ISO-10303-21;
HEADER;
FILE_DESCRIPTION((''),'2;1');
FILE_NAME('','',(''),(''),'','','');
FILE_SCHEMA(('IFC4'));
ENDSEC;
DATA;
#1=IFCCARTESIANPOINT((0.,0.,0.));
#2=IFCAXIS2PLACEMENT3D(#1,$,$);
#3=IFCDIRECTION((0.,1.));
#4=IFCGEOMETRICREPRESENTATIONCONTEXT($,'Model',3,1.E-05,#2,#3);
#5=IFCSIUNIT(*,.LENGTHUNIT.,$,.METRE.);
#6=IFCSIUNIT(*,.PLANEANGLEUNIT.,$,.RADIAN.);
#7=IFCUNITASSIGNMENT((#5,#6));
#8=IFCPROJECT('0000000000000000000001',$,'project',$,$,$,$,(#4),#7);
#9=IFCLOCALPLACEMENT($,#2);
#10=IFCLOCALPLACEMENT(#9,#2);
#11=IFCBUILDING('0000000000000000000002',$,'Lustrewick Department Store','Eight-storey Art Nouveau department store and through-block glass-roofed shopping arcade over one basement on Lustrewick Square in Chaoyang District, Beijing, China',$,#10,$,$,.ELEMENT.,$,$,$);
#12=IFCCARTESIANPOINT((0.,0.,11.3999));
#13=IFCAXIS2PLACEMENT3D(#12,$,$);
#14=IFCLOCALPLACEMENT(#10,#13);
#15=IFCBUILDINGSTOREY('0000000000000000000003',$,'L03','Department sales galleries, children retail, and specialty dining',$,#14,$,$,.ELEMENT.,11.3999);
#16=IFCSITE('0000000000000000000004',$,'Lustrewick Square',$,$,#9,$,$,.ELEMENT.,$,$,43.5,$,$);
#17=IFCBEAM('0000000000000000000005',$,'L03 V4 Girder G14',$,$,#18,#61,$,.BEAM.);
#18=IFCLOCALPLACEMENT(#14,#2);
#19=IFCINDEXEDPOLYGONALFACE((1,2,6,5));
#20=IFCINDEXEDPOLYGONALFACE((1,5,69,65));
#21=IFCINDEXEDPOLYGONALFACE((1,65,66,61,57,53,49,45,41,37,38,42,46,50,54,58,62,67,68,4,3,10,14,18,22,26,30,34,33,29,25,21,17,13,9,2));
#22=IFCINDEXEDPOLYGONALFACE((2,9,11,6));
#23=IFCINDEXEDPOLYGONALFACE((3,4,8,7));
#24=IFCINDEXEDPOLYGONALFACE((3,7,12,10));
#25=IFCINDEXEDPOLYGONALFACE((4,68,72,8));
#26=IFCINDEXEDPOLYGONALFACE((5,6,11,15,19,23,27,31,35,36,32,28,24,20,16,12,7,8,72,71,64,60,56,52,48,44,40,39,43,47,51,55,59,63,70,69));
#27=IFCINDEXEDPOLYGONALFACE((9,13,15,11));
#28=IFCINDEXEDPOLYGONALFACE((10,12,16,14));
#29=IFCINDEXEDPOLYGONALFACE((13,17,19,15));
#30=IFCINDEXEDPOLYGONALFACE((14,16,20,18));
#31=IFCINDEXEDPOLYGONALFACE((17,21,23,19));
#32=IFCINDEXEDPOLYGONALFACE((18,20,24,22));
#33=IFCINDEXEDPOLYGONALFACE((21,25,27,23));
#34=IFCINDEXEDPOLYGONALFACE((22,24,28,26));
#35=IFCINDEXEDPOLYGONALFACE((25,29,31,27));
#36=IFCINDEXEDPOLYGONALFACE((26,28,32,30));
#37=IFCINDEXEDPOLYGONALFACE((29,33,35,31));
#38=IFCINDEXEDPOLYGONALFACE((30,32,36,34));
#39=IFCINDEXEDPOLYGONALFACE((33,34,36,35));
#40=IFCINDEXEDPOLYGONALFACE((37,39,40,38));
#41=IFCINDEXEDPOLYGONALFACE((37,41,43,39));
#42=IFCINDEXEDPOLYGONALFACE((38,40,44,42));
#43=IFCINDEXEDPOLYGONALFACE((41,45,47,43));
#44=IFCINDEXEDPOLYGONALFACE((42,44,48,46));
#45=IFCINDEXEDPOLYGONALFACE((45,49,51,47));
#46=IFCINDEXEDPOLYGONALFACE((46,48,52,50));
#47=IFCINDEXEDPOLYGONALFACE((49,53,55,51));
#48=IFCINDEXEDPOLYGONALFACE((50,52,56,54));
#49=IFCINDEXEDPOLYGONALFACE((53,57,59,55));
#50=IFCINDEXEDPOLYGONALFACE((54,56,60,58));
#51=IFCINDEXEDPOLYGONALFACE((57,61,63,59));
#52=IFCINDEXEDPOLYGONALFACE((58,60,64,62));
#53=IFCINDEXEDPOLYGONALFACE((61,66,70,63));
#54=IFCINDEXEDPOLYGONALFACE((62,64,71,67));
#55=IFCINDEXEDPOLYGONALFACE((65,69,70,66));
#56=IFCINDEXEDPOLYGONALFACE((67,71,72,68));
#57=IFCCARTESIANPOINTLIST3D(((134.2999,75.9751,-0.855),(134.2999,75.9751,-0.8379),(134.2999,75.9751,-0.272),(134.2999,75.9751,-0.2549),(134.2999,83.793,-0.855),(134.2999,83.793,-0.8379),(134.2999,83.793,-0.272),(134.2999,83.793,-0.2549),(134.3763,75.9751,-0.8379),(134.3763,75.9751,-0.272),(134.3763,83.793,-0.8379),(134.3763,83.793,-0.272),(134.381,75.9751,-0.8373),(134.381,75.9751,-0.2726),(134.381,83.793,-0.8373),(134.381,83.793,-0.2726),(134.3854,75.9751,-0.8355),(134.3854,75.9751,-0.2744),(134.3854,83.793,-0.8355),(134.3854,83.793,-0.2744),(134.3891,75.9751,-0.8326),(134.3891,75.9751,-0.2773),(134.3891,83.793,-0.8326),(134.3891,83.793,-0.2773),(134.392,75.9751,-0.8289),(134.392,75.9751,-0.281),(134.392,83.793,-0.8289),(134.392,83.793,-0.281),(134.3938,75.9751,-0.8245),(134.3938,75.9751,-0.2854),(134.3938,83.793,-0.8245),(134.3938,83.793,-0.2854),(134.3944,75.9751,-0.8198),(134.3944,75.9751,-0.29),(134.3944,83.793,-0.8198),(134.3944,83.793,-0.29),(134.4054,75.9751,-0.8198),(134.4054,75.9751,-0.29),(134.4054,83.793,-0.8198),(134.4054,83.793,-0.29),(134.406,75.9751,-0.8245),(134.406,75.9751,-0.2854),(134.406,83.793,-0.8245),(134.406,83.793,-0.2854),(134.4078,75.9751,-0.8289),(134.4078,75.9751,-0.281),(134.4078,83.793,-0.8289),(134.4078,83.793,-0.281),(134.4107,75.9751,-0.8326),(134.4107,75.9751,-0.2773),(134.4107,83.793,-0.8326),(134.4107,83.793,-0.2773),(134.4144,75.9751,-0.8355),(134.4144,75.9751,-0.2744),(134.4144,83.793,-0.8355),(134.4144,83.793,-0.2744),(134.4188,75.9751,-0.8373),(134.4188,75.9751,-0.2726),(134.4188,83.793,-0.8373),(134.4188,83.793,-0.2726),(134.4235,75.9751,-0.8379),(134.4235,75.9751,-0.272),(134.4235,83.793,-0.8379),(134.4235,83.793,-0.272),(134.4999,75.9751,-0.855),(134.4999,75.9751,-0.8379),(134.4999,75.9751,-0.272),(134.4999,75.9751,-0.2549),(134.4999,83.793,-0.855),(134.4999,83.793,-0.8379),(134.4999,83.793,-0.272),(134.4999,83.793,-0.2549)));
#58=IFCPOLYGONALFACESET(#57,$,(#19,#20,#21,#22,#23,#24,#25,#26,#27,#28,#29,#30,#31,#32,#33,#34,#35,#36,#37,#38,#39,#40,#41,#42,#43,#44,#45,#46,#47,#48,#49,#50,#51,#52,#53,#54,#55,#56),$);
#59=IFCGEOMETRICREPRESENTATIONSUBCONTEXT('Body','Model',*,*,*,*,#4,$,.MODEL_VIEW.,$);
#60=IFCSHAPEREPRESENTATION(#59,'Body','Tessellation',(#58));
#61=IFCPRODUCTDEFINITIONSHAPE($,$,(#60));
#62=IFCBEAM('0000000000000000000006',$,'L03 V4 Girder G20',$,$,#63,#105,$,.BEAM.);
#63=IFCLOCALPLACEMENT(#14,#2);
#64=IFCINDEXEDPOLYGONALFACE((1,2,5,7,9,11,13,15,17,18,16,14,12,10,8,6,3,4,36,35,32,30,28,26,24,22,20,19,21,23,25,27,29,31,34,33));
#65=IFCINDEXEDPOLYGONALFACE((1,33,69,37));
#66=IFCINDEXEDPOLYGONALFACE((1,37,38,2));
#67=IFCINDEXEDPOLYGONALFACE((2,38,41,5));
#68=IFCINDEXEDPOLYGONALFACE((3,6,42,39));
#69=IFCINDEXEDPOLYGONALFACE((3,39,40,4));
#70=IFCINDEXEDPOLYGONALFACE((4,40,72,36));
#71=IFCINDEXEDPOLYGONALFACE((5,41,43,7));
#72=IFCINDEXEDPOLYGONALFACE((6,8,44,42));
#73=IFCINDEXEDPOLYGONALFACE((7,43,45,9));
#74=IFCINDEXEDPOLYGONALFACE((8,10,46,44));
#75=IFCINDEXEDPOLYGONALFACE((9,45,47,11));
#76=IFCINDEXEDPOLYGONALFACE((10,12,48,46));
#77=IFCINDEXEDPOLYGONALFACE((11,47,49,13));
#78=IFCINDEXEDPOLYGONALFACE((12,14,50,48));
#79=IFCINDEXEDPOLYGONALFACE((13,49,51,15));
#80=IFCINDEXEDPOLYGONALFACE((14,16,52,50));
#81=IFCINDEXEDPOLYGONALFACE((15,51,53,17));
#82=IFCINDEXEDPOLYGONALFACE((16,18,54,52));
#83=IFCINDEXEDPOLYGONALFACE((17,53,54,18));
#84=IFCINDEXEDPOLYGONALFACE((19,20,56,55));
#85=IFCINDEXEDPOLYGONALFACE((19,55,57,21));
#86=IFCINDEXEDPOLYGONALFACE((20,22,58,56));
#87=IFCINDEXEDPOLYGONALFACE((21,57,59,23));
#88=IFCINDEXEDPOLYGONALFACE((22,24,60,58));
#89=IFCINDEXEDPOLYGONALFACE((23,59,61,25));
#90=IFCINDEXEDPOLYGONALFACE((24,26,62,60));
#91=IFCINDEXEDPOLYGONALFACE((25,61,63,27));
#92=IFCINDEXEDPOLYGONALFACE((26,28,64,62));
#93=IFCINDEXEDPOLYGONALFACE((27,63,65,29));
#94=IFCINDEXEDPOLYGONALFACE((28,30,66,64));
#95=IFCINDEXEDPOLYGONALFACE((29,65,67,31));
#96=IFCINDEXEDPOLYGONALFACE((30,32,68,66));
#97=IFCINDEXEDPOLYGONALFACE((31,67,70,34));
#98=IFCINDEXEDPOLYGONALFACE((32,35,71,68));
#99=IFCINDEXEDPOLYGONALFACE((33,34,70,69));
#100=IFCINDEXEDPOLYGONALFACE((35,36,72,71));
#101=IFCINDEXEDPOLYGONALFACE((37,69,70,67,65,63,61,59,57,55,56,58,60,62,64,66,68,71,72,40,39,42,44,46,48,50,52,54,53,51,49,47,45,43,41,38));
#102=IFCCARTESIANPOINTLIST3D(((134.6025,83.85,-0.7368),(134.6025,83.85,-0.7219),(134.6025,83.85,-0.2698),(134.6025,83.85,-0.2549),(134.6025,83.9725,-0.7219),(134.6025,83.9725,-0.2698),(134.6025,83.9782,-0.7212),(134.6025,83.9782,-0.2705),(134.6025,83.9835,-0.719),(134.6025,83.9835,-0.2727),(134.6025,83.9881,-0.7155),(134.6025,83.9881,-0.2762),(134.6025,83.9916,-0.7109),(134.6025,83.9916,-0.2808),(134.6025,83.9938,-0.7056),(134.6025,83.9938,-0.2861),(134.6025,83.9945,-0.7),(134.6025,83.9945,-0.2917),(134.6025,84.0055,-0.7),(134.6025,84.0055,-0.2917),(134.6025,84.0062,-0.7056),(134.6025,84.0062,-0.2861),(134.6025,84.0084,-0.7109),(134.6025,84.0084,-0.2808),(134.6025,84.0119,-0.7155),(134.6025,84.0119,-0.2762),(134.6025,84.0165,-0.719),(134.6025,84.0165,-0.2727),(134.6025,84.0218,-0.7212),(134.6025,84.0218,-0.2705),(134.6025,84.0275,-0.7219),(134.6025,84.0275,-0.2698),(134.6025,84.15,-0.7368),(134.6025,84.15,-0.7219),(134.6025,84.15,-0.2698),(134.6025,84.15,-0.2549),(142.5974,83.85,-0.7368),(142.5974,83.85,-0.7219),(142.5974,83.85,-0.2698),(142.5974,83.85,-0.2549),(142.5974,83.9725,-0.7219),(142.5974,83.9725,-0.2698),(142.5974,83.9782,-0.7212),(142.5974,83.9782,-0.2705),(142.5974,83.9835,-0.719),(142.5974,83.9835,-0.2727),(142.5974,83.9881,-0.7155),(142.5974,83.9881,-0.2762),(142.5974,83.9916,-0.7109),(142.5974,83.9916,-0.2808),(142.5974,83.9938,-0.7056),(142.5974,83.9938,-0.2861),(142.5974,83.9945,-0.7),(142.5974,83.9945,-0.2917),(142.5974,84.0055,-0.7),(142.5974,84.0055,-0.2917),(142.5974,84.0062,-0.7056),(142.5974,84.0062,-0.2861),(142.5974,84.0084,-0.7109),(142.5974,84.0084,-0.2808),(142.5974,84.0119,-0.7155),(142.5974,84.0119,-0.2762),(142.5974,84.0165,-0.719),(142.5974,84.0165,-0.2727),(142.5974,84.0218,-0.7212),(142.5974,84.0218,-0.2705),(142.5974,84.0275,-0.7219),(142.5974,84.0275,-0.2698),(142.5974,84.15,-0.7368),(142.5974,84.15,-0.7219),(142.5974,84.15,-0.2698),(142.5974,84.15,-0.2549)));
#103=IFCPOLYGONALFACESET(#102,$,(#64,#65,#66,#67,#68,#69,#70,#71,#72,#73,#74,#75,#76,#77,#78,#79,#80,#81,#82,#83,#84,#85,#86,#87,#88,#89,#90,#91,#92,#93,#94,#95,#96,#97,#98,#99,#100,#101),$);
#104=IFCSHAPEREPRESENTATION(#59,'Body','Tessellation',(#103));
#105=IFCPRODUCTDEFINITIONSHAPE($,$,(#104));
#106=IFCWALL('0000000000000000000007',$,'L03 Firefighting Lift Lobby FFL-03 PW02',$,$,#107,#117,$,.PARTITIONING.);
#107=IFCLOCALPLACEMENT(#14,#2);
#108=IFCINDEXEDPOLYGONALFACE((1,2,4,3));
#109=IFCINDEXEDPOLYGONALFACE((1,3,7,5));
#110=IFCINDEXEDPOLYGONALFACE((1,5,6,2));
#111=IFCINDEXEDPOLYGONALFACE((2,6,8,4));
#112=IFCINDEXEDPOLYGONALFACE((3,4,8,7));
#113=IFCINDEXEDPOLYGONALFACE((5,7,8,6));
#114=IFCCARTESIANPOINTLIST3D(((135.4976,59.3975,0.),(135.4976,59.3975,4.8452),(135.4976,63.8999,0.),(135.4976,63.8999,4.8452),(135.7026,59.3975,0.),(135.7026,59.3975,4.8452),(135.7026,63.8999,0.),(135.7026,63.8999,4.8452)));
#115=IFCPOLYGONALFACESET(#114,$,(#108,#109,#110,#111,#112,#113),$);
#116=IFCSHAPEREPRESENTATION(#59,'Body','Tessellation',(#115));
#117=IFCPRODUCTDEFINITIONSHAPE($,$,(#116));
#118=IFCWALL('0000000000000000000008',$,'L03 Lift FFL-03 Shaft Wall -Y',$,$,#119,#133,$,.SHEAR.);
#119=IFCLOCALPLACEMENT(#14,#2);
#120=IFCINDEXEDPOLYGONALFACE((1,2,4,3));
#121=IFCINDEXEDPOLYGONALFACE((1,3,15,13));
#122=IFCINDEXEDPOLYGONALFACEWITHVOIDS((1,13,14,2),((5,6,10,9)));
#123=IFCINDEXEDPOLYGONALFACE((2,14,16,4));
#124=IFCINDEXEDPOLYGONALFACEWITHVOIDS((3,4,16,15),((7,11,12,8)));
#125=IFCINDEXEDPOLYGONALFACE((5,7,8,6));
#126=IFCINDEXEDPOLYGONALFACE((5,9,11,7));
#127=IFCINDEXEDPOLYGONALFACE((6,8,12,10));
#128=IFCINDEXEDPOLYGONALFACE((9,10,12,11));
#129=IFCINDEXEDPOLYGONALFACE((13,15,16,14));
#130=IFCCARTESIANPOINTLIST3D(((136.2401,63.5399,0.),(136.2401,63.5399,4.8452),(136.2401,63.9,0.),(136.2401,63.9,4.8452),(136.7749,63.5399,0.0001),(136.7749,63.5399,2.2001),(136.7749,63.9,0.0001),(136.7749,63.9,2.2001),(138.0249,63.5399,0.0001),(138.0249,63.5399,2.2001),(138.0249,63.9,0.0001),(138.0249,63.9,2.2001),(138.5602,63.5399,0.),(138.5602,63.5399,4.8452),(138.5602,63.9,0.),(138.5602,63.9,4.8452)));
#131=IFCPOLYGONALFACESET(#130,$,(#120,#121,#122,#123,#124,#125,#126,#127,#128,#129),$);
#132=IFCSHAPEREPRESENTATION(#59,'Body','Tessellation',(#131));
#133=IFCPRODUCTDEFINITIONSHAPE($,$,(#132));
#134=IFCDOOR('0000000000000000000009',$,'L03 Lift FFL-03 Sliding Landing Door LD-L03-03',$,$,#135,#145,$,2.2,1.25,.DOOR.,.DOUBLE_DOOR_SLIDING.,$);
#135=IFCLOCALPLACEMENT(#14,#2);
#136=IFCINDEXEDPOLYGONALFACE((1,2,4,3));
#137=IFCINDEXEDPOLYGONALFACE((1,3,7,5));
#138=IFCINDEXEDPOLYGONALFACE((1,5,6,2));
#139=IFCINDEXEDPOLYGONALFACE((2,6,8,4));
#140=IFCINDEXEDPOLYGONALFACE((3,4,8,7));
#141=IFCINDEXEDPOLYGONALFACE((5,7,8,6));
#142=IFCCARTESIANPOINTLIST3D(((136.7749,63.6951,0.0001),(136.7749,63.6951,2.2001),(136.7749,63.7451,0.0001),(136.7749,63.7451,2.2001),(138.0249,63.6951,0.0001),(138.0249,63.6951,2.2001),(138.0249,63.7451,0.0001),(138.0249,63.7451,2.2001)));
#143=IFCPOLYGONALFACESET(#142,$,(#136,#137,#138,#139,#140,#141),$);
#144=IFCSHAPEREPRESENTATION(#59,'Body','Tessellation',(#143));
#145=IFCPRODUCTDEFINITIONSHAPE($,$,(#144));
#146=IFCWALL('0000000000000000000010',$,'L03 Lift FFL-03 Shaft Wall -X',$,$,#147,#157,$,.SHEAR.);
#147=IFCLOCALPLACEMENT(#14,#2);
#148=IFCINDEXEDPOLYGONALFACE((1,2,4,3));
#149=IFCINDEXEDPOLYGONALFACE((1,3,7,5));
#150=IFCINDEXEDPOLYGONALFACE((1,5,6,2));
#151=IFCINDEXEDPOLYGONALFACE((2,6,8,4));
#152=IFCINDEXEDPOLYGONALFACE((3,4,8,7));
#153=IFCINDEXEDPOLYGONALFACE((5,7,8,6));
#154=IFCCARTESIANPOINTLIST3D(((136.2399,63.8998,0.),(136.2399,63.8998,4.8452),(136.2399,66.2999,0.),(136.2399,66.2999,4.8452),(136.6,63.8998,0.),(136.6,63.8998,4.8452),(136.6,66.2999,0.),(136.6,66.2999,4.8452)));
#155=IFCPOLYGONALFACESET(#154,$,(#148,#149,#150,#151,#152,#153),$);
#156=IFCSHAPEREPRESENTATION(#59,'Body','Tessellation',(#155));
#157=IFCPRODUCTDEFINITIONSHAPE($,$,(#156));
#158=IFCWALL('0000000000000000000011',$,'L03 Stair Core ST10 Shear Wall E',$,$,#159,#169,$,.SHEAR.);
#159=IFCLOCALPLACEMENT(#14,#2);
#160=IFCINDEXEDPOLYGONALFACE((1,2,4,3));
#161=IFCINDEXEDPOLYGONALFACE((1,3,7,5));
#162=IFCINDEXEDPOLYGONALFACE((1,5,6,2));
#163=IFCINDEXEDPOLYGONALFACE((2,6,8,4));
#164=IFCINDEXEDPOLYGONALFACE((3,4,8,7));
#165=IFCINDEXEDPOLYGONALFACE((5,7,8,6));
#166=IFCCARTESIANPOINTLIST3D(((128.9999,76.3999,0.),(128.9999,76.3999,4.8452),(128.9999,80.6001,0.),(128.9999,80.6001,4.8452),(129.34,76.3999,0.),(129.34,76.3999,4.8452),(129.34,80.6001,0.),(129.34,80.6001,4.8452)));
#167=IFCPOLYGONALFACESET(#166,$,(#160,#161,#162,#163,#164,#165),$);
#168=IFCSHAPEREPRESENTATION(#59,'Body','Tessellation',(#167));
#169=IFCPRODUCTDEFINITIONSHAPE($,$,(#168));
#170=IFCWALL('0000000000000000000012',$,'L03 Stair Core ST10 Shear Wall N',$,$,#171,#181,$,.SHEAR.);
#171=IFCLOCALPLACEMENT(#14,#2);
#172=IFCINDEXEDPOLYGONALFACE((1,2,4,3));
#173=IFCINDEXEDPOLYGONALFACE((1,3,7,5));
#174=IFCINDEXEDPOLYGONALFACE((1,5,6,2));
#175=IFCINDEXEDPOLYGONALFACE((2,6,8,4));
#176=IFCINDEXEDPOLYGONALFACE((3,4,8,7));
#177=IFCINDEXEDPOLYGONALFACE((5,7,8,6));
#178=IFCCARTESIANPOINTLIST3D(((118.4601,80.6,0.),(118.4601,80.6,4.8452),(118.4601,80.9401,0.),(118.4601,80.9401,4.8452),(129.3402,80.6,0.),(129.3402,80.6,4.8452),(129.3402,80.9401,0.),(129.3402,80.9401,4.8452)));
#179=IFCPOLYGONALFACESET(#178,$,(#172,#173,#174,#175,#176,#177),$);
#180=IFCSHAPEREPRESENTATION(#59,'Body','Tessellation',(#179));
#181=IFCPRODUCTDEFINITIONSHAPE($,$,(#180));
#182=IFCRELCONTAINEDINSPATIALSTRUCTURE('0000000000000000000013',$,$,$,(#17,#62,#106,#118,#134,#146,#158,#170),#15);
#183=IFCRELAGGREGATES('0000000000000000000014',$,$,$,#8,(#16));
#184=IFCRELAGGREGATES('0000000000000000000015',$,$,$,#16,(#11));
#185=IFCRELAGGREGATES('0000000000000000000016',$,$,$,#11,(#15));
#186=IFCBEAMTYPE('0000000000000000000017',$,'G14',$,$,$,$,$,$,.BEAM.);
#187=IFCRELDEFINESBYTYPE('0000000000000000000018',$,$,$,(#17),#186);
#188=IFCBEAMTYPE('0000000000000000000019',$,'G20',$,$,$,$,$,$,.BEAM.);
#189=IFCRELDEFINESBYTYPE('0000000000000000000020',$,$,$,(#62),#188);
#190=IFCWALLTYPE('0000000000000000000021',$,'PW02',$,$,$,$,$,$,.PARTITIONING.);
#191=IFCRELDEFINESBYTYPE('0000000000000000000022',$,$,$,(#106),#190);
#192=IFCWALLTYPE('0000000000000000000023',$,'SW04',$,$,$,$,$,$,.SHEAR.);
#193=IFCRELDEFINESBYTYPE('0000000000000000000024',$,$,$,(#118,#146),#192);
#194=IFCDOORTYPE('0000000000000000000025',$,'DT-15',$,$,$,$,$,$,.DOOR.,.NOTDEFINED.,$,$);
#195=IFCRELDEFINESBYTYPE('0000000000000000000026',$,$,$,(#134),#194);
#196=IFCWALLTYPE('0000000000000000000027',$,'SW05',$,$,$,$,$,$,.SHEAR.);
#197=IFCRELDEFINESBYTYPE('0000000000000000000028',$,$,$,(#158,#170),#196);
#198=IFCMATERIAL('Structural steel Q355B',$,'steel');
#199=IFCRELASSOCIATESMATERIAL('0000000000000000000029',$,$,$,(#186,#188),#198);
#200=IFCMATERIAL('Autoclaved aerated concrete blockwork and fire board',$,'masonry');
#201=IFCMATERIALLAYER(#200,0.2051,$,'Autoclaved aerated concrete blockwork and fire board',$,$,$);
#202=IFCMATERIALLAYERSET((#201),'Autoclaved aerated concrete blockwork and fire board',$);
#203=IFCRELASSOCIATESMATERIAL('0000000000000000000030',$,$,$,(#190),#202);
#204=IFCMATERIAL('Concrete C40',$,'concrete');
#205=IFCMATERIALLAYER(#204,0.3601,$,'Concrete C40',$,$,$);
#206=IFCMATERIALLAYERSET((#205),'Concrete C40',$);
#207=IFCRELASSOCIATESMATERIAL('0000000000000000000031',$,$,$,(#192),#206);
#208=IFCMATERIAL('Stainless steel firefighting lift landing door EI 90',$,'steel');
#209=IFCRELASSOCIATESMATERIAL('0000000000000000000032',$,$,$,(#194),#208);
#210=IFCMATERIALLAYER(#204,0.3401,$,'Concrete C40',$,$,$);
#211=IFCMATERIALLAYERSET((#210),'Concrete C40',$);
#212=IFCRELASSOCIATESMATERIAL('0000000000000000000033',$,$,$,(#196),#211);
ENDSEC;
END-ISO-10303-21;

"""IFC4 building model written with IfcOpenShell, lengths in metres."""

from ifc_helpers import new_model, si_unit, direction, frame, frame_2d, origin, origin_2d, place, context, subcontext, project, spatial, rectangle, i_section, extrude, material, layer, layer_set, material_profile, profile_set, type_object, element, fill, save


model = new_model("IFC4")

# Units and contexts
model_context = context("Model", 3, precision=1e-05, world=origin(), true_north=direction((0.0, 1.0)))
body_context = subcontext(model_context, "Body", "Model", "MODEL_VIEW")
ifc_project = project(units=[si_unit("LENGTHUNIT", "METRE"), si_unit("PLANEANGLEUNIT", "RADIAN")], contexts=[model_context])

# Site, building, storey
site_placement = place(None, origin())
site = spatial("IfcSite", under=ifc_project, at=site_placement, Name="Lustrewick Square", CompositionType="ELEMENT", RefElevation=43.5)
building_placement = place(site_placement, origin())
building = spatial("IfcBuilding", under=site, at=building_placement, Name="Lustrewick Department Store", Description="Eight-storey Art Nouveau department store and through-block glass-roofed shopping arcade over one basement on Lustrewick Square in Chaoyang District, Beijing, China", CompositionType="ELEMENT")
storey_placement = place(building_placement, frame((0.0, 0.0, 11.3999)))
storey = spatial("IfcBuildingStorey", under=building, at=storey_placement, Name="L03", Description="Department sales galleries, children retail, and specialty dining", CompositionType="ELEMENT", Elevation=11.3999)

# Shared definitions
ifc_material_1 = material(Name="Structural steel Q355B", Category="steel")

# Beams
ifc_material_profile_1 = material_profile(ifc_material_1, i_section(OverallWidth=0.2, OverallDepth=0.6001, WebThickness=0.011, FlangeThickness=0.0171, FilletRadius=0.0181, at=origin_2d()), Name="HN 600x200x11x17")
ifc_profile_set_1 = profile_set([ifc_material_profile_1], Name="Structural steel Q355B")
beam_type_1 = type_object("IfcBeamType", Name="G14", PredefinedType="BEAM", material=ifc_profile_set_1)
beam_1_placement = place(storey_placement, frame((134.3999, 75.9751, -0.5549), z_axis=(0.0, 1.0, 0.0), x_axis=(-1.0, 0.0, 0.0)))
element("IfcBeam", 1, at=beam_1_placement, inside=storey, type_object=beam_type_1, Name="L03 V4 Girder G14", PredefinedType="BEAM", context=body_context, shape_type="SweptSolid", body=[
    extrude(i_section(OverallWidth=0.2, OverallDepth=0.6001, WebThickness=0.011, FlangeThickness=0.0171, FilletRadius=0.0181, at=origin_2d()), origin(), (0.0, 0.0, 1.0), 7.8179),
])
ifc_material_profile_2 = material_profile(ifc_material_1, i_section(OverallWidth=0.3, OverallDepth=0.4819, WebThickness=0.011, FlangeThickness=0.0149, FilletRadius=0.022, at=origin_2d()), Name="HM 482x300x11x15")
ifc_profile_set_2 = profile_set([ifc_material_profile_2], Name="Structural steel Q355B")
beam_type_2 = type_object("IfcBeamType", Name="G20", PredefinedType="BEAM", material=ifc_profile_set_2)
beam_2_placement = place(storey_placement, frame((134.6025, 84.0, -0.4958), z_axis=(1.0, 0.0, 0.0), x_axis=(0.0, 1.0, 0.0)))
element("IfcBeam", 2, at=beam_2_placement, inside=storey, type_object=beam_type_2, Name="L03 V4 Girder G20", PredefinedType="BEAM", context=body_context, shape_type="SweptSolid", body=[
    extrude(i_section(OverallWidth=0.3, OverallDepth=0.4819, WebThickness=0.011, FlangeThickness=0.0149, FilletRadius=0.022, at=origin_2d()), origin(), (0.0, 0.0, 1.0), 7.9949),
])

# Wall
ifc_material_2 = material(Name="Autoclaved aerated concrete blockwork and fire board", Category="masonry")
ifc_layer_1 = layer(ifc_material_2, 0.2051, Name="Autoclaved aerated concrete blockwork and fire board")
ifc_layer_set_1 = layer_set([ifc_layer_1], Name="Autoclaved aerated concrete blockwork and fire board")
wall_type_1 = type_object("IfcWallType", Name="PW02", PredefinedType="PARTITIONING", material=ifc_layer_set_1)
wall_1_placement = place(storey_placement, frame((135.6001, 63.8999, 0.0), z_axis=(0.0, 0.0, 1.0), x_axis=(0.0, -1.0, 0.0)))
element("IfcWall", 3, at=wall_1_placement, inside=storey, type_object=wall_type_1, Name="L03 Firefighting Lift Lobby FFL-03 PW02", PredefinedType="PARTITIONING", context=body_context, shape_type="SweptSolid", body=[
    extrude(rectangle(XDim=4.5024, YDim=0.2051, at=frame_2d((2.2512, 0.0))), origin(), (0.0, 0.0, 1.0), 4.8452),
])

# Wall, opening, door
ifc_material_3 = material(Name="Concrete C40", Category="concrete")
ifc_layer_2 = layer(ifc_material_3, 0.3601, Name="Concrete C40")
ifc_layer_set_2 = layer_set([ifc_layer_2], Name="Concrete C40")
wall_type_2 = type_object("IfcWallType", Name="SW04", PredefinedType="SHEAR", material=ifc_layer_set_2)
wall_2_placement = place(storey_placement, frame((136.24, 63.72, 0.0), z_axis=(0.0, 0.0, 1.0), x_axis=(1.0, 0.0, 0.0)))
wall_2 = element("IfcWall", 4, at=wall_2_placement, inside=storey, type_object=wall_type_2, Name="L03 Lift FFL-03 Shaft Wall -Y", PredefinedType="SHEAR", context=body_context, shape_type="SweptSolid", body=[
    extrude(rectangle(XDim=2.3201, YDim=0.3601, at=frame_2d((1.1602, 0.0))), origin(), (0.0, 0.0, 1.0), 4.8452),
])
opening_placement = place(wall_2_placement, frame((0.5349, 0.0, 0.0)))
opening = element("IfcOpeningElement", 5, at=opening_placement, cuts=wall_2, PredefinedType="OPENING", context=body_context, shape_type="SweptSolid", body=[
    extrude(rectangle(XDim=1.25, YDim=2.2, at=frame_2d((0.625, 1.1001))), frame((0.0, 0.1899, 0.0), z_axis=(0.0, -1.0, 0.0), x_axis=(1.0, 0.0, 0.0)), (0.0, 0.0, 1.0), 0.3801),
])
ifc_material_4 = material(Name="Stainless steel firefighting lift landing door EI 90", Category="steel")
door_type = type_object("IfcDoorType", Name="DT-15", OperationType="NOTDEFINED", PredefinedType="DOOR", material=ifc_material_4)
door_placement = place(opening_placement, frame((1.25, 0.0, 0.0), z_axis=(0.0, 0.0, 1.0), x_axis=(-1.0, 0.0, 0.0)))
door = element("IfcDoor", 6, at=door_placement, inside=storey, type_object=door_type, Name="L03 Lift FFL-03 Sliding Landing Door LD-L03-03", OperationType="DOUBLE_DOOR_SLIDING", OverallHeight=2.2, OverallWidth=1.25, PredefinedType="DOOR", context=body_context, shape_type="SweptSolid", body=[
    extrude(rectangle(XDim=1.25, YDim=2.2, at=frame_2d((0.625, 1.1001))), frame((0.0, 0.0249, 0.0), z_axis=(0.0, -1.0, 0.0), x_axis=(1.0, 0.0, 0.0)), (0.0, 0.0, 1.0), 0.05),
])
fill(opening, door)

# Walls
wall_3_placement = place(storey_placement, frame((136.4199, 66.3, 0.0), z_axis=(0.0, 0.0, 1.0), x_axis=(0.0, -1.0, 0.0)))
element("IfcWall", 7, at=wall_3_placement, inside=storey, type_object=wall_type_2, Name="L03 Lift FFL-03 Shaft Wall -X", PredefinedType="SHEAR", context=body_context, shape_type="SweptSolid", body=[
    extrude(rectangle(XDim=2.4001, YDim=0.3601, at=frame_2d((1.2002, 0.0))), origin(), (0.0, 0.0, 1.0), 4.8452),
])
ifc_layer_3 = layer(ifc_material_3, 0.3401, Name="Concrete C40")
ifc_layer_set_3 = layer_set([ifc_layer_3], Name="Concrete C40")
wall_type_3 = type_object("IfcWallType", Name="SW05", PredefinedType="SHEAR", material=ifc_layer_set_3)
wall_4_placement = place(storey_placement, frame((129.1699, 76.3999, 0.0), z_axis=(0.0, 0.0, 1.0), x_axis=(0.0, 1.0, 0.0)))
element("IfcWall", 8, at=wall_4_placement, inside=storey, type_object=wall_type_3, Name="L03 Stair Core ST10 Shear Wall E", PredefinedType="SHEAR", context=body_context, shape_type="SweptSolid", body=[
    extrude(rectangle(XDim=4.2002, YDim=0.3401, at=frame_2d((2.1001, 0.0))), origin(), (0.0, 0.0, 1.0), 4.8452),
])
wall_5_placement = place(storey_placement, frame((129.3401, 80.77, 0.0), z_axis=(0.0, 0.0, 1.0), x_axis=(-1.0, 0.0, 0.0)))
element("IfcWall", 9, at=wall_5_placement, inside=storey, type_object=wall_type_3, Name="L03 Stair Core ST10 Shear Wall N", PredefinedType="SHEAR", context=body_context, shape_type="SweptSolid", body=[
    extrude(rectangle(XDim=10.8801, YDim=0.3401, at=frame_2d((5.4399, 0.0))), origin(), (0.0, 0.0, 1.0), 4.8452),
])

save(model, "model.ifc")
